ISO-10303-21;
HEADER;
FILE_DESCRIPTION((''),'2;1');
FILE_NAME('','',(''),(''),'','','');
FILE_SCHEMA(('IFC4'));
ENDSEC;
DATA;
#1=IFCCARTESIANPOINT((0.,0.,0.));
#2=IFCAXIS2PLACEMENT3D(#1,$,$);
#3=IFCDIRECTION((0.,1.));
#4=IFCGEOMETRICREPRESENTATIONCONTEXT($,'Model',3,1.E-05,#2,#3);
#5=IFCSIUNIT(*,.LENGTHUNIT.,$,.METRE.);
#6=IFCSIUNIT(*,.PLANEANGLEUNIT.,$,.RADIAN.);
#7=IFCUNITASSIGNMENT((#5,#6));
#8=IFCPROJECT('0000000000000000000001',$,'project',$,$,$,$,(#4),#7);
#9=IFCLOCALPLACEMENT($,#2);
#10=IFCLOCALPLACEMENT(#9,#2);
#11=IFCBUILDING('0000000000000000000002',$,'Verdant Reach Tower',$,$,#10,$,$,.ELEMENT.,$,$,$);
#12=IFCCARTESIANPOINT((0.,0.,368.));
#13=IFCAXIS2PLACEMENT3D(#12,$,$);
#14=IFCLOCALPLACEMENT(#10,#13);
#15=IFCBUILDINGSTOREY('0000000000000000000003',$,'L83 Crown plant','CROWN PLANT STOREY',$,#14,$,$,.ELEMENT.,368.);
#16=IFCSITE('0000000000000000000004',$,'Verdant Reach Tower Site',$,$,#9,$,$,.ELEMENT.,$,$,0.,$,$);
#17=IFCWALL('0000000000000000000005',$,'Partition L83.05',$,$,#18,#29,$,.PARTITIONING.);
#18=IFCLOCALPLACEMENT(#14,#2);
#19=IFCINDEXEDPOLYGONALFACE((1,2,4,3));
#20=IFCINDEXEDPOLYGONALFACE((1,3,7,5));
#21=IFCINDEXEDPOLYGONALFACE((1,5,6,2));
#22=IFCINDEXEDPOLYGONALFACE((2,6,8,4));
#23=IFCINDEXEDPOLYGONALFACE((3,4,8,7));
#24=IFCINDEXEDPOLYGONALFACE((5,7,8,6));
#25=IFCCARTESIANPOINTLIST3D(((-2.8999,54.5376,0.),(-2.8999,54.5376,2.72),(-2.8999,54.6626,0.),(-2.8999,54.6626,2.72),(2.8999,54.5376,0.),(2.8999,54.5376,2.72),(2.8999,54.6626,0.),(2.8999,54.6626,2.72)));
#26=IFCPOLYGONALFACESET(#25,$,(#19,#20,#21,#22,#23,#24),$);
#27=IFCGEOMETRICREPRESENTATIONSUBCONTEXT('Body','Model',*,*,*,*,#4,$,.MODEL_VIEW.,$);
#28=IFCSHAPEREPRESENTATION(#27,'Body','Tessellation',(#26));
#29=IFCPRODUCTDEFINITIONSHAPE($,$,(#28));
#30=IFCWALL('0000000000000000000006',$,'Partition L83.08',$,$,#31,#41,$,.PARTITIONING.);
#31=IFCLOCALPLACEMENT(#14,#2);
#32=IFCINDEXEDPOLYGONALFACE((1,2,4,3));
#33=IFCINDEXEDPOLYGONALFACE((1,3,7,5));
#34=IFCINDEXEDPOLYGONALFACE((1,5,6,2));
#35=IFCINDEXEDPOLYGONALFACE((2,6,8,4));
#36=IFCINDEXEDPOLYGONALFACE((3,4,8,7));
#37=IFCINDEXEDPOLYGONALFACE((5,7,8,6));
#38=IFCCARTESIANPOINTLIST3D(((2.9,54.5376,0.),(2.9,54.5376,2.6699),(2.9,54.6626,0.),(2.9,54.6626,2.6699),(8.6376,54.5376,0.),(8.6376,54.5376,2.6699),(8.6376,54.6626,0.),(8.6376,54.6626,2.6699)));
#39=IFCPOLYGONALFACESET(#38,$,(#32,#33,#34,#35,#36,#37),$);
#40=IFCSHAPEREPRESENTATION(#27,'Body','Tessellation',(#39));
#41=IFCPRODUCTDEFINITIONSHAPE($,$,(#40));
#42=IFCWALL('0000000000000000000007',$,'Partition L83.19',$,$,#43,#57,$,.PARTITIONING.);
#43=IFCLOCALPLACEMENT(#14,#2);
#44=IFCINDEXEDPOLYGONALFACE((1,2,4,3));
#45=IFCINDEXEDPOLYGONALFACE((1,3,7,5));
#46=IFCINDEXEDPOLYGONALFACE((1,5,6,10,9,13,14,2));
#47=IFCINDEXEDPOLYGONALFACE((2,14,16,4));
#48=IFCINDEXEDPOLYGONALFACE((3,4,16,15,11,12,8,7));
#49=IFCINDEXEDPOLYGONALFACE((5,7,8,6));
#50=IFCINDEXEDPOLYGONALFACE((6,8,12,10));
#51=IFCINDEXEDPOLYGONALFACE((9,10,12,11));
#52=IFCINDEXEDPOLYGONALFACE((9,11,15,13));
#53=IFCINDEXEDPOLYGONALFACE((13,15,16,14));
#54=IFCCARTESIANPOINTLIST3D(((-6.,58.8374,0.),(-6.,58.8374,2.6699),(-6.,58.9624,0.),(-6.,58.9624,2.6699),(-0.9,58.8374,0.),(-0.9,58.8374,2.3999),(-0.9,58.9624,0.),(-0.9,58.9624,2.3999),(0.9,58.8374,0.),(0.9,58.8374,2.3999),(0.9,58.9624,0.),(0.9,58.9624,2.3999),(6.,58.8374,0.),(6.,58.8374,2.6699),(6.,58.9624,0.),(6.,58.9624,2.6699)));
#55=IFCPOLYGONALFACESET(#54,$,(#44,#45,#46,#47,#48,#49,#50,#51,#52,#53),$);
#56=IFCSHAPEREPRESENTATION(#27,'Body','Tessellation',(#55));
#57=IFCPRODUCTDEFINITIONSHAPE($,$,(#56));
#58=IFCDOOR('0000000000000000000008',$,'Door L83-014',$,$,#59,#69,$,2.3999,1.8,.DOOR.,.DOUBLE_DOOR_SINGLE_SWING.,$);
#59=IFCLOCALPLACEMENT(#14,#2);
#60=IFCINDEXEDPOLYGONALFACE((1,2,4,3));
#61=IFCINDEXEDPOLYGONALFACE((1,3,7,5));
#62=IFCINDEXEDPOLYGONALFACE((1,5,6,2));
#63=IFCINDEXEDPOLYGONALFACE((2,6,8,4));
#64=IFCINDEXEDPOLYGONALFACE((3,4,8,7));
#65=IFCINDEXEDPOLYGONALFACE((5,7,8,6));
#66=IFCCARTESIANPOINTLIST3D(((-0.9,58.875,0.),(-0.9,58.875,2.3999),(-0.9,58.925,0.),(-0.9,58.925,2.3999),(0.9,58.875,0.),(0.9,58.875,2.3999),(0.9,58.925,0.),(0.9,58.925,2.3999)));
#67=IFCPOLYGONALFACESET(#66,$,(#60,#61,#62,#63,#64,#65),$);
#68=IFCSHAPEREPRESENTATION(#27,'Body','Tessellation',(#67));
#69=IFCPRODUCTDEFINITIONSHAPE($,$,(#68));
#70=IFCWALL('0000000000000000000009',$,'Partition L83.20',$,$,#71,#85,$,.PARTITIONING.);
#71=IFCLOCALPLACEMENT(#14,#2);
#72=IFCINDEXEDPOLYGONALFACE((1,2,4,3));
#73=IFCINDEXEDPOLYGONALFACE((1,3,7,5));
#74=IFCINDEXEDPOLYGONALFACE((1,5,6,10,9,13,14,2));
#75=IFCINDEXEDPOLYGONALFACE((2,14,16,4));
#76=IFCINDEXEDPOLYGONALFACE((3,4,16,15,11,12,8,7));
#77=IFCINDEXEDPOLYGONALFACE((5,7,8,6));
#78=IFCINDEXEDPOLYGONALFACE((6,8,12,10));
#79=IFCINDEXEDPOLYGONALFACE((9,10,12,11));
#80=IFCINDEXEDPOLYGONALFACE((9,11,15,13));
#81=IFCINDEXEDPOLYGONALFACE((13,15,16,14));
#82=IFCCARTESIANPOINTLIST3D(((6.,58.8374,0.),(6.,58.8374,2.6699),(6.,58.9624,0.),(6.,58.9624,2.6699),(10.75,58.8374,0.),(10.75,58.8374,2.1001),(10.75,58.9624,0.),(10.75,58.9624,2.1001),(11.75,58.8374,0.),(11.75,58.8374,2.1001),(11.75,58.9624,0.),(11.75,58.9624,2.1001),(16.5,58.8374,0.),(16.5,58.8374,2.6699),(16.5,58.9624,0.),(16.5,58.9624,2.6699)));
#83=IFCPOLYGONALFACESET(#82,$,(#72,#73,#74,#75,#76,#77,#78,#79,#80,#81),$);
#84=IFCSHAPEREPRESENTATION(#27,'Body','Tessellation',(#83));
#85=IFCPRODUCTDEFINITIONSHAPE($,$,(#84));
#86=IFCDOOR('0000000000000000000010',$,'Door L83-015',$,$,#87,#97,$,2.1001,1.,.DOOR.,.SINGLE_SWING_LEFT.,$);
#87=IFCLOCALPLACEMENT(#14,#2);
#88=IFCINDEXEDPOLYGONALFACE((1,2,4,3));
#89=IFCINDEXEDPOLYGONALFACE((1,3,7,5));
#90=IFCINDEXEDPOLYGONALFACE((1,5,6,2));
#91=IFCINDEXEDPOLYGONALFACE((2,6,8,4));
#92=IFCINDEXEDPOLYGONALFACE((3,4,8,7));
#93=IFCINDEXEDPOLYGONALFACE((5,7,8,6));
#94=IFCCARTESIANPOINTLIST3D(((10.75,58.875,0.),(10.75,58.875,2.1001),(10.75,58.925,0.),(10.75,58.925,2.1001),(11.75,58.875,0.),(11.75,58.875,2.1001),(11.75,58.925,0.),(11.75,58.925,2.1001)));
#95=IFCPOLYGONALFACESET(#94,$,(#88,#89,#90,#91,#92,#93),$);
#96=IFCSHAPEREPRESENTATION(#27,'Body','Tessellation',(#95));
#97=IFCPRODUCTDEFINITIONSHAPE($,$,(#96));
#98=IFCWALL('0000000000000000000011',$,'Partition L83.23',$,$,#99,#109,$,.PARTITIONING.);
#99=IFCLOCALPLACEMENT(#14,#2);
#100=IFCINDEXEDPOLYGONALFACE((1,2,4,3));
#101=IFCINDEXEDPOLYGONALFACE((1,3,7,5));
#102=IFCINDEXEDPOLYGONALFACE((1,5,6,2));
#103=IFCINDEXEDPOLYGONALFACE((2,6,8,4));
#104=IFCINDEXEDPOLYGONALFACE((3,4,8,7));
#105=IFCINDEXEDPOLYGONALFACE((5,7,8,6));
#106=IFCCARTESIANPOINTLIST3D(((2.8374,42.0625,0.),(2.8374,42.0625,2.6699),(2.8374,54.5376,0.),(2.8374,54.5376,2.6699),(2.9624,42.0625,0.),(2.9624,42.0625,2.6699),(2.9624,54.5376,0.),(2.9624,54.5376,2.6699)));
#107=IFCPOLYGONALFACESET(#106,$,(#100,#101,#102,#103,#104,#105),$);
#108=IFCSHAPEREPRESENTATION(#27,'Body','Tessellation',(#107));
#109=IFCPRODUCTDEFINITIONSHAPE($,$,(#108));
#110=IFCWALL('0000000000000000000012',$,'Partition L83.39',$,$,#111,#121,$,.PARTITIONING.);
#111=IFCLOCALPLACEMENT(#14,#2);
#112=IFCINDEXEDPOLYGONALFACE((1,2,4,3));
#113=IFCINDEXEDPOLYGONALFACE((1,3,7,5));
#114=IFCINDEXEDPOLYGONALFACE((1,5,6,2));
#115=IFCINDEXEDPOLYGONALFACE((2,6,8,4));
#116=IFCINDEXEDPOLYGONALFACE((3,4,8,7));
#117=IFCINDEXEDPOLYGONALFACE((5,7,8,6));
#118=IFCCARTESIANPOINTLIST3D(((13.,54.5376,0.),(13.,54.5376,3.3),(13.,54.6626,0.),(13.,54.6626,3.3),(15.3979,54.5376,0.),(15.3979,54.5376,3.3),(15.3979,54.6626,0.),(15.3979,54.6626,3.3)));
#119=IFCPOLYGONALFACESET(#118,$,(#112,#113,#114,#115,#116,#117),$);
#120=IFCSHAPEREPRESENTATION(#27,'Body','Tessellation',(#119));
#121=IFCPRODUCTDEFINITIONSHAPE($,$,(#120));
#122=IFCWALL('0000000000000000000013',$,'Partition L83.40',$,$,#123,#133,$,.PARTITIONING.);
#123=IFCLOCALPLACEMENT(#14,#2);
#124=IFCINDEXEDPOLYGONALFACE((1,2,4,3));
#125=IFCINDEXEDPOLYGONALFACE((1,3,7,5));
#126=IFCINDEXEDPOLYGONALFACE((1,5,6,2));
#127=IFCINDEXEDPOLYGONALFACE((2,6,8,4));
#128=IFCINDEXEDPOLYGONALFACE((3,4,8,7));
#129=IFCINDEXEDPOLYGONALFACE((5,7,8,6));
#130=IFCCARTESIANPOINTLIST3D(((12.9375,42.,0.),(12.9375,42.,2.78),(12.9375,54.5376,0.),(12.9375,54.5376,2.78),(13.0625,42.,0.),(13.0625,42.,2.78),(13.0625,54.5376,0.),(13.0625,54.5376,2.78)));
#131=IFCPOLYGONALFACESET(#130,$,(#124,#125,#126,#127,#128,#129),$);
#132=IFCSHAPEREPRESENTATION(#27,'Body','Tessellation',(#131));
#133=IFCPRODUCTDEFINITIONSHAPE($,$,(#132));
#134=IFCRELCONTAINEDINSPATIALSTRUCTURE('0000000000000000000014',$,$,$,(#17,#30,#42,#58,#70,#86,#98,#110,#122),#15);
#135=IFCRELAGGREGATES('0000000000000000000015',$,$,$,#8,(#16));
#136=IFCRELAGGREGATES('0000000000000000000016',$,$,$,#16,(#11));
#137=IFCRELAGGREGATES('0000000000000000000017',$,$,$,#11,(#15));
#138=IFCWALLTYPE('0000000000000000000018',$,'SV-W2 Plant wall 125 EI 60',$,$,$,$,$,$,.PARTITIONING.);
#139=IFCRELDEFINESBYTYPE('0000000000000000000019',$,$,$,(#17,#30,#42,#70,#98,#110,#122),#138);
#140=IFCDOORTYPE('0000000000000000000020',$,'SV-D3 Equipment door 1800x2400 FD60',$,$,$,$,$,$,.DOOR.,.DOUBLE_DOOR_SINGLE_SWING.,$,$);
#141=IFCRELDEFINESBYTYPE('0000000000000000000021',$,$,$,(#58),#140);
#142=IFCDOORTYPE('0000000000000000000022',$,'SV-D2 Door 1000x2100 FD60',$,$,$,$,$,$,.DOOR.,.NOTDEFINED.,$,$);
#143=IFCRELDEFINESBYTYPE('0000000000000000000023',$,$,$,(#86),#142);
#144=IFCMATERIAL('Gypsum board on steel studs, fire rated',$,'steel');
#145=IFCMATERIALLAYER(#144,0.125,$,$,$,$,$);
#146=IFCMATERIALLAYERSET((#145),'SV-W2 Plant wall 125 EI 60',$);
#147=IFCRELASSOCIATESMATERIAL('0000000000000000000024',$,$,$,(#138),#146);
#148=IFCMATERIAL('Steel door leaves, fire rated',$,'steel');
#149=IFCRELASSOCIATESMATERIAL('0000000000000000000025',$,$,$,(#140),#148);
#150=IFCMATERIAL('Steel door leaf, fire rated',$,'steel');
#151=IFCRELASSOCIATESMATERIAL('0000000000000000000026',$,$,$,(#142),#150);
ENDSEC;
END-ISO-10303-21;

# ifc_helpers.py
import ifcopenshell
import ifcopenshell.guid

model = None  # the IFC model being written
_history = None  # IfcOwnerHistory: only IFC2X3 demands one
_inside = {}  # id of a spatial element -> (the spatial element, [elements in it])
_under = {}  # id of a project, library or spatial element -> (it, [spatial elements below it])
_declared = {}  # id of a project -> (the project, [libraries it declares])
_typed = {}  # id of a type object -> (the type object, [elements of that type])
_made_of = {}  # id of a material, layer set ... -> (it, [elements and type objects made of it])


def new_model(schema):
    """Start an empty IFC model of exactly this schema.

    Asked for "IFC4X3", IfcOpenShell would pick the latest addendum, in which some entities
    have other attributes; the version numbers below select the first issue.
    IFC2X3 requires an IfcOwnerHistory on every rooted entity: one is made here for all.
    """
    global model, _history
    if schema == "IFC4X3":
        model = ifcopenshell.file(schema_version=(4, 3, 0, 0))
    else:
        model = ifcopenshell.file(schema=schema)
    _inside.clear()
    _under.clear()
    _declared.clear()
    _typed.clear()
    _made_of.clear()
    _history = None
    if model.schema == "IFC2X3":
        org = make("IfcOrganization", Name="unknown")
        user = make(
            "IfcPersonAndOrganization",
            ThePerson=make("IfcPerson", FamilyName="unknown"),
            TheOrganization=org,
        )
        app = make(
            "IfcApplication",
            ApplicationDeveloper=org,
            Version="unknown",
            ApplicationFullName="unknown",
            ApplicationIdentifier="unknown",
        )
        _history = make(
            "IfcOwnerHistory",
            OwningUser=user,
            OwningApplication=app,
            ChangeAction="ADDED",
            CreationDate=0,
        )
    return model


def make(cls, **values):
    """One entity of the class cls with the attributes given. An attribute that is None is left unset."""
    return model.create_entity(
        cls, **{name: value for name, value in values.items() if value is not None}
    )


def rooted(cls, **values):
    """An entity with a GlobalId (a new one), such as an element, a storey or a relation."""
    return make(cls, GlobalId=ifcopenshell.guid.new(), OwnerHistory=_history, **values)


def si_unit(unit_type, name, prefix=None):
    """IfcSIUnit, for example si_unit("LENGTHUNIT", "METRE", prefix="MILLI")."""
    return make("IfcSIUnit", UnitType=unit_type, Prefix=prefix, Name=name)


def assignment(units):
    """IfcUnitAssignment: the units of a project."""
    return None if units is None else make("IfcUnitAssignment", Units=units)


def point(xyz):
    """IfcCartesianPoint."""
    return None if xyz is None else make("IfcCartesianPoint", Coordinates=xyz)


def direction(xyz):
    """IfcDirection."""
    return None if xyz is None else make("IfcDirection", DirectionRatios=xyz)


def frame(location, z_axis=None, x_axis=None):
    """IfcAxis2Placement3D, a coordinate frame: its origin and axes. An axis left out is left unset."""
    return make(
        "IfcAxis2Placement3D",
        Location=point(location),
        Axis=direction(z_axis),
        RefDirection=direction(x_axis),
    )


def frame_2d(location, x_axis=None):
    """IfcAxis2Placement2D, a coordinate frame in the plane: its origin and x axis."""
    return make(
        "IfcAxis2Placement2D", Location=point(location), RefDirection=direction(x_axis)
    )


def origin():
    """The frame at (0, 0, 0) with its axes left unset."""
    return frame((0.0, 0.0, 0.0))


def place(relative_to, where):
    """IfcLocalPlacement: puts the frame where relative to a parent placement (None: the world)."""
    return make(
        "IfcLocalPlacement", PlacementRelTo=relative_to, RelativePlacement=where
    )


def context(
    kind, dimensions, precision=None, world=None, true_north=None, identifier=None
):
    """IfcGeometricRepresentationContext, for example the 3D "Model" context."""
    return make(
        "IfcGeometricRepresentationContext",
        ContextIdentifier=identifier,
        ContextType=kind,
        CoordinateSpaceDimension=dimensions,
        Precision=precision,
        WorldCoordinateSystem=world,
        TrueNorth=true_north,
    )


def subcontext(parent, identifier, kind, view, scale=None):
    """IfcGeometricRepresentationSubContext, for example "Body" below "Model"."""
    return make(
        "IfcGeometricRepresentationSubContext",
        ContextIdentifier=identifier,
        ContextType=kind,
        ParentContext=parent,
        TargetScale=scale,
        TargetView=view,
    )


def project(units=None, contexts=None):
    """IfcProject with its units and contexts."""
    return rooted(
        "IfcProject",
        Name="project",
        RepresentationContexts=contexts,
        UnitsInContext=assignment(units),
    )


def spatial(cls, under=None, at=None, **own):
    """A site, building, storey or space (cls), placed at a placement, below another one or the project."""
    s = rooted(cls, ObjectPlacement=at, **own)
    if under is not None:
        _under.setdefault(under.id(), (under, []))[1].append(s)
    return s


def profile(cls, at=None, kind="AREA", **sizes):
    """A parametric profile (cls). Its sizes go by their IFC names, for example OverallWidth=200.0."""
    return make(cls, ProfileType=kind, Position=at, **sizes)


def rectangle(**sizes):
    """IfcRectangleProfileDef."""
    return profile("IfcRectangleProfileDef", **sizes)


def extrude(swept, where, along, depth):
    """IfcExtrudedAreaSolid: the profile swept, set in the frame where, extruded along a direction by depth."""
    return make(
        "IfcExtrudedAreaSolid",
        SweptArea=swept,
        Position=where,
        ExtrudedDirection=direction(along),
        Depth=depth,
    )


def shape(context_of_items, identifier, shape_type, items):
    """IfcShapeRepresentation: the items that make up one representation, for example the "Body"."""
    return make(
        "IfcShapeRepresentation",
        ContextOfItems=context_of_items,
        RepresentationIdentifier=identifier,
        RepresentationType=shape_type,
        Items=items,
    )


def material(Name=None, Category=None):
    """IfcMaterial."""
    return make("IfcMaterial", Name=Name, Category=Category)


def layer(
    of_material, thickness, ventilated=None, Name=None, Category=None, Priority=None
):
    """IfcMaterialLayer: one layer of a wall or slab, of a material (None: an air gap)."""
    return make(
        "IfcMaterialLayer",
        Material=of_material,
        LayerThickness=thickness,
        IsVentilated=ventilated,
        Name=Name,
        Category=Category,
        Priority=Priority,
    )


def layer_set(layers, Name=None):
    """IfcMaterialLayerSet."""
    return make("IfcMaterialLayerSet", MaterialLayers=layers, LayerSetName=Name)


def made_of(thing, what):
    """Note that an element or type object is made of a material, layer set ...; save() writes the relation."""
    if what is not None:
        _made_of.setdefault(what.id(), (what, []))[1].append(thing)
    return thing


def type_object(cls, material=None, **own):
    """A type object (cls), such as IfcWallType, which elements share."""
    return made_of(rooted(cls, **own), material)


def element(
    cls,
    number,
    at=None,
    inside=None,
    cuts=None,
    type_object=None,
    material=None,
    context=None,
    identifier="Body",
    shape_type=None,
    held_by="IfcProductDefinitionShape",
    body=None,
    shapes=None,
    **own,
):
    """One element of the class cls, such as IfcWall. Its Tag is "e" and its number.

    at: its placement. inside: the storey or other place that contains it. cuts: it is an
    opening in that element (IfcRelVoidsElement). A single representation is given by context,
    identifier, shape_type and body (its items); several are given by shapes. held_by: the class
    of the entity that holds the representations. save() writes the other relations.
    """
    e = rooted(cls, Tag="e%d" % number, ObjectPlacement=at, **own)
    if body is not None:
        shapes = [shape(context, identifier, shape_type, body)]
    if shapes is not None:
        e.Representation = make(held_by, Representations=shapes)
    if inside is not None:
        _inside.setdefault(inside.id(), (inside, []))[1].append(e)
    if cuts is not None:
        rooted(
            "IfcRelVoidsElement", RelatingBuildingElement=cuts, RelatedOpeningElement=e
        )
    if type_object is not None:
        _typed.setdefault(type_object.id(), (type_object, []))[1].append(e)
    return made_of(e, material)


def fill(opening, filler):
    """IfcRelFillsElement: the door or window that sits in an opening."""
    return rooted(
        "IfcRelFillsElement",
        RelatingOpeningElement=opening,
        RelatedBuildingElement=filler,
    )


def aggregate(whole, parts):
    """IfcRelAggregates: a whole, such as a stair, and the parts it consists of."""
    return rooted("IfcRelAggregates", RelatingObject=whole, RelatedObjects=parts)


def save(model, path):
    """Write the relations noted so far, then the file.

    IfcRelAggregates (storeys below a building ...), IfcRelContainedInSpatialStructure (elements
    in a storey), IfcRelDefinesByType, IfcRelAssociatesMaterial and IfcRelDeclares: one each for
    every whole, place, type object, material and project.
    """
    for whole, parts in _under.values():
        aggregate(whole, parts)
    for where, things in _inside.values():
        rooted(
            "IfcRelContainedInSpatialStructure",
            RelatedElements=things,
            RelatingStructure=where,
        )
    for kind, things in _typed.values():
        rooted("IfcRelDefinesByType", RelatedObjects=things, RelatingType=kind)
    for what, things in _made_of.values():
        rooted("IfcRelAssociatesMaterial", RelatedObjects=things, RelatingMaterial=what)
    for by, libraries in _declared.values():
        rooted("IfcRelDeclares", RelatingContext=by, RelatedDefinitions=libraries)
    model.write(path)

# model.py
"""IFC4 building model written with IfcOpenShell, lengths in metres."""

from ifc_helpers import new_model, si_unit, direction, frame, frame_2d, origin, place, context, subcontext, project, spatial, rectangle, extrude, material, layer, layer_set, type_object, element, fill, save


model = new_model("IFC4")

# Units and contexts
model_context = context("Model", 3, precision=1e-05, world=origin(), true_north=direction((0.0, 1.0)))
body_context = subcontext(model_context, "Body", "Model", "MODEL_VIEW")
ifc_project = project(units=[si_unit("LENGTHUNIT", "METRE"), si_unit("PLANEANGLEUNIT", "RADIAN")], contexts=[model_context])

# Site, building, storey
site_placement = place(None, origin())
site = spatial("IfcSite", under=ifc_project, at=site_placement, Name="Verdant Reach Tower Site", CompositionType="ELEMENT", RefElevation=0.0)
building_placement = place(site_placement, origin())
building = spatial("IfcBuilding", under=site, at=building_placement, Name="Verdant Reach Tower", CompositionType="ELEMENT")
storey_placement = place(building_placement, frame((0.0, 0.0, 368.0)))
storey = spatial("IfcBuildingStorey", under=building, at=storey_placement, Name="L83 Crown plant", Description="CROWN PLANT STOREY", CompositionType="ELEMENT", Elevation=368.0)

# Walls
ifc_material_1 = material(Name="Gypsum board on steel studs, fire rated", Category="steel")
ifc_layer_1 = layer(ifc_material_1, 0.125)
ifc_layer_set_1 = layer_set([ifc_layer_1], Name="SV-W2 Plant wall 125 EI 60")
wall_type = type_object("IfcWallType", Name="SV-W2 Plant wall 125 EI 60", PredefinedType="PARTITIONING", material=ifc_layer_set_1)
wall_1_placement = place(storey_placement, frame((2.8999, 54.6001, 0.0), z_axis=(0.0, 0.0, 1.0), x_axis=(-1.0, 0.0, 0.0)))
element("IfcWall", 1, at=wall_1_placement, inside=storey, type_object=wall_type, Name="Partition L83.05", PredefinedType="PARTITIONING", context=body_context, shape_type="SweptSolid", body=[
    extrude(rectangle(XDim=5.7998, YDim=0.125, at=frame_2d((2.8999, 0.0))), origin(), (0.0, 0.0, 1.0), 2.72),
])
wall_2_placement = place(storey_placement, frame((8.6375, 54.6001, 0.0), z_axis=(0.0, 0.0, 1.0), x_axis=(-1.0, 0.0, 0.0)))
element("IfcWall", 2, at=wall_2_placement, inside=storey, type_object=wall_type, Name="Partition L83.08", PredefinedType="PARTITIONING", context=body_context, shape_type="SweptSolid", body=[
    extrude(rectangle(XDim=5.7375, YDim=0.125, at=frame_2d((2.8687, 0.0))), origin(), (0.0, 0.0, 1.0), 2.6699),
])

# Walls, openings, doors
ifc_material_2 = material(Name="Steel door leaves, fire rated", Category="steel")
door_type_1 = type_object("IfcDoorType", Name="SV-D3 Equipment door 1800x2400 FD60", OperationType="DOUBLE_DOOR_SINGLE_SWING", PredefinedType="DOOR", material=ifc_material_2)
wall_3_placement = place(storey_placement, frame((6.0, 58.8999, 0.0), z_axis=(0.0, 0.0, 1.0), x_axis=(-1.0, 0.0, 0.0)))
wall_3 = element("IfcWall", 3, at=wall_3_placement, inside=storey, type_object=wall_type, Name="Partition L83.19", PredefinedType="PARTITIONING", context=body_context, shape_type="SweptSolid", body=[
    extrude(rectangle(XDim=12.0, YDim=0.125, at=frame_2d((6.0, 0.0))), origin(), (0.0, 0.0, 1.0), 2.6699),
])
opening_1_placement = place(wall_3_placement, frame((5.1001, 0.0, 0.0)))
opening_1 = element("IfcOpeningElement", 4, at=opening_1_placement, cuts=wall_3, PredefinedType="OPENING", context=body_context, shape_type="SweptSolid", body=[
    extrude(rectangle(XDim=1.8, YDim=2.3999, at=frame_2d((0.8999, 1.2))), frame((0.0, 0.0725, 0.0), z_axis=(0.0, -1.0, 0.0), x_axis=(1.0, 0.0, 0.0)), (0.0, 0.0, 1.0), 0.145),
])
door_1_placement = place(opening_1_placement, origin())
door_1 = element("IfcDoor", 5, at=door_1_placement, inside=storey, type_object=door_type_1, Name="Door L83-014", OperationType="DOUBLE_DOOR_SINGLE_SWING", OverallHeight=2.3999, OverallWidth=1.8, PredefinedType="DOOR", context=body_context, shape_type="SweptSolid", body=[
    extrude(rectangle(XDim=1.8, YDim=2.3999, at=frame_2d((0.8999, 1.2))), frame((0.0, 0.0249, 0.0), z_axis=(0.0, -1.0, 0.0), x_axis=(1.0, 0.0, 0.0)), (0.0, 0.0, 1.0), 0.05),
])
fill(opening_1, door_1)
wall_4_placement = place(storey_placement, frame((16.5, 58.8999, 0.0), z_axis=(0.0, 0.0, 1.0), x_axis=(-1.0, 0.0, 0.0)))
wall_4 = element("IfcWall", 6, at=wall_4_placement, inside=storey, type_object=wall_type, Name="Partition L83.20", PredefinedType="PARTITIONING", context=body_context, shape_type="SweptSolid", body=[
    extrude(rectangle(XDim=10.5, YDim=0.125, at=frame_2d((5.25, 0.0))), origin(), (0.0, 0.0, 1.0), 2.6699),
])
opening_2_placement = place(wall_4_placement, frame((4.75, 0.0, 0.0)))
opening_2 = element("IfcOpeningElement", 7, at=opening_2_placement, cuts=wall_4, PredefinedType="OPENING", context=body_context, shape_type="SweptSolid", body=[
    extrude(rectangle(XDim=1.0, YDim=2.1001, at=frame_2d((0.5, 1.05))), frame((0.0, 0.0725, 0.0), z_axis=(0.0, -1.0, 0.0), x_axis=(1.0, 0.0, 0.0)), (0.0, 0.0, 1.0), 0.145),
])
ifc_material_3 = material(Name="Steel door leaf, fire rated", Category="steel")
door_type_2 = type_object("IfcDoorType", Name="SV-D2 Door 1000x2100 FD60", OperationType="NOTDEFINED", PredefinedType="DOOR", material=ifc_material_3)
door_2_placement = place(opening_2_placement, origin())
door_2 = element("IfcDoor", 8, at=door_2_placement, inside=storey, type_object=door_type_2, Name="Door L83-015", OperationType="SINGLE_SWING_LEFT", OverallHeight=2.1001, OverallWidth=1.0, PredefinedType="DOOR", context=body_context, shape_type="SweptSolid", body=[
    extrude(rectangle(XDim=1.0, YDim=2.1001, at=frame_2d((0.5, 1.05))), frame((0.0, 0.0249, 0.0), z_axis=(0.0, -1.0, 0.0), x_axis=(1.0, 0.0, 0.0)), (0.0, 0.0, 1.0), 0.05),
])
fill(opening_2, door_2)

# Walls
wall_5_placement = place(storey_placement, frame((2.8999, 54.5376, 0.0), z_axis=(0.0, 0.0, 1.0), x_axis=(0.0, -1.0, 0.0)))
element("IfcWall", 9, at=wall_5_placement, inside=storey, type_object=wall_type, Name="Partition L83.23", PredefinedType="PARTITIONING", context=body_context, shape_type="SweptSolid", body=[
    extrude(rectangle(XDim=12.4751, YDim=0.125, at=frame_2d((6.2375, 0.0))), origin(), (0.0, 0.0, 1.0), 2.6699),
])
wall_6_placement = place(storey_placement, frame((15.3979, 54.6001, 0.0), z_axis=(0.0, 0.0, 1.0), x_axis=(-1.0, 0.0, 0.0)))
element("IfcWall", 10, at=wall_6_placement, inside=storey, type_object=wall_type, Name="Partition L83.39", PredefinedType="PARTITIONING", context=body_context, shape_type="SweptSolid", body=[
    extrude(rectangle(XDim=2.3979, YDim=0.125, at=frame_2d((1.199, 0.0))), origin(), (0.0, 0.0, 1.0), 3.3),
])
wall_7_placement = place(storey_placement, frame((13.0, 54.5376, 0.0), z_axis=(0.0, 0.0, 1.0), x_axis=(0.0, -1.0, 0.0)))
element("IfcWall", 11, at=wall_7_placement, inside=storey, type_object=wall_type, Name="Partition L83.40", PredefinedType="PARTITIONING", context=body_context, shape_type="SweptSolid", body=[
    extrude(rectangle(XDim=12.5376, YDim=0.125, at=frame_2d((6.2688, 0.0))), origin(), (0.0, 0.0, 1.0), 2.78),
])

save(model, "model.ifc")
